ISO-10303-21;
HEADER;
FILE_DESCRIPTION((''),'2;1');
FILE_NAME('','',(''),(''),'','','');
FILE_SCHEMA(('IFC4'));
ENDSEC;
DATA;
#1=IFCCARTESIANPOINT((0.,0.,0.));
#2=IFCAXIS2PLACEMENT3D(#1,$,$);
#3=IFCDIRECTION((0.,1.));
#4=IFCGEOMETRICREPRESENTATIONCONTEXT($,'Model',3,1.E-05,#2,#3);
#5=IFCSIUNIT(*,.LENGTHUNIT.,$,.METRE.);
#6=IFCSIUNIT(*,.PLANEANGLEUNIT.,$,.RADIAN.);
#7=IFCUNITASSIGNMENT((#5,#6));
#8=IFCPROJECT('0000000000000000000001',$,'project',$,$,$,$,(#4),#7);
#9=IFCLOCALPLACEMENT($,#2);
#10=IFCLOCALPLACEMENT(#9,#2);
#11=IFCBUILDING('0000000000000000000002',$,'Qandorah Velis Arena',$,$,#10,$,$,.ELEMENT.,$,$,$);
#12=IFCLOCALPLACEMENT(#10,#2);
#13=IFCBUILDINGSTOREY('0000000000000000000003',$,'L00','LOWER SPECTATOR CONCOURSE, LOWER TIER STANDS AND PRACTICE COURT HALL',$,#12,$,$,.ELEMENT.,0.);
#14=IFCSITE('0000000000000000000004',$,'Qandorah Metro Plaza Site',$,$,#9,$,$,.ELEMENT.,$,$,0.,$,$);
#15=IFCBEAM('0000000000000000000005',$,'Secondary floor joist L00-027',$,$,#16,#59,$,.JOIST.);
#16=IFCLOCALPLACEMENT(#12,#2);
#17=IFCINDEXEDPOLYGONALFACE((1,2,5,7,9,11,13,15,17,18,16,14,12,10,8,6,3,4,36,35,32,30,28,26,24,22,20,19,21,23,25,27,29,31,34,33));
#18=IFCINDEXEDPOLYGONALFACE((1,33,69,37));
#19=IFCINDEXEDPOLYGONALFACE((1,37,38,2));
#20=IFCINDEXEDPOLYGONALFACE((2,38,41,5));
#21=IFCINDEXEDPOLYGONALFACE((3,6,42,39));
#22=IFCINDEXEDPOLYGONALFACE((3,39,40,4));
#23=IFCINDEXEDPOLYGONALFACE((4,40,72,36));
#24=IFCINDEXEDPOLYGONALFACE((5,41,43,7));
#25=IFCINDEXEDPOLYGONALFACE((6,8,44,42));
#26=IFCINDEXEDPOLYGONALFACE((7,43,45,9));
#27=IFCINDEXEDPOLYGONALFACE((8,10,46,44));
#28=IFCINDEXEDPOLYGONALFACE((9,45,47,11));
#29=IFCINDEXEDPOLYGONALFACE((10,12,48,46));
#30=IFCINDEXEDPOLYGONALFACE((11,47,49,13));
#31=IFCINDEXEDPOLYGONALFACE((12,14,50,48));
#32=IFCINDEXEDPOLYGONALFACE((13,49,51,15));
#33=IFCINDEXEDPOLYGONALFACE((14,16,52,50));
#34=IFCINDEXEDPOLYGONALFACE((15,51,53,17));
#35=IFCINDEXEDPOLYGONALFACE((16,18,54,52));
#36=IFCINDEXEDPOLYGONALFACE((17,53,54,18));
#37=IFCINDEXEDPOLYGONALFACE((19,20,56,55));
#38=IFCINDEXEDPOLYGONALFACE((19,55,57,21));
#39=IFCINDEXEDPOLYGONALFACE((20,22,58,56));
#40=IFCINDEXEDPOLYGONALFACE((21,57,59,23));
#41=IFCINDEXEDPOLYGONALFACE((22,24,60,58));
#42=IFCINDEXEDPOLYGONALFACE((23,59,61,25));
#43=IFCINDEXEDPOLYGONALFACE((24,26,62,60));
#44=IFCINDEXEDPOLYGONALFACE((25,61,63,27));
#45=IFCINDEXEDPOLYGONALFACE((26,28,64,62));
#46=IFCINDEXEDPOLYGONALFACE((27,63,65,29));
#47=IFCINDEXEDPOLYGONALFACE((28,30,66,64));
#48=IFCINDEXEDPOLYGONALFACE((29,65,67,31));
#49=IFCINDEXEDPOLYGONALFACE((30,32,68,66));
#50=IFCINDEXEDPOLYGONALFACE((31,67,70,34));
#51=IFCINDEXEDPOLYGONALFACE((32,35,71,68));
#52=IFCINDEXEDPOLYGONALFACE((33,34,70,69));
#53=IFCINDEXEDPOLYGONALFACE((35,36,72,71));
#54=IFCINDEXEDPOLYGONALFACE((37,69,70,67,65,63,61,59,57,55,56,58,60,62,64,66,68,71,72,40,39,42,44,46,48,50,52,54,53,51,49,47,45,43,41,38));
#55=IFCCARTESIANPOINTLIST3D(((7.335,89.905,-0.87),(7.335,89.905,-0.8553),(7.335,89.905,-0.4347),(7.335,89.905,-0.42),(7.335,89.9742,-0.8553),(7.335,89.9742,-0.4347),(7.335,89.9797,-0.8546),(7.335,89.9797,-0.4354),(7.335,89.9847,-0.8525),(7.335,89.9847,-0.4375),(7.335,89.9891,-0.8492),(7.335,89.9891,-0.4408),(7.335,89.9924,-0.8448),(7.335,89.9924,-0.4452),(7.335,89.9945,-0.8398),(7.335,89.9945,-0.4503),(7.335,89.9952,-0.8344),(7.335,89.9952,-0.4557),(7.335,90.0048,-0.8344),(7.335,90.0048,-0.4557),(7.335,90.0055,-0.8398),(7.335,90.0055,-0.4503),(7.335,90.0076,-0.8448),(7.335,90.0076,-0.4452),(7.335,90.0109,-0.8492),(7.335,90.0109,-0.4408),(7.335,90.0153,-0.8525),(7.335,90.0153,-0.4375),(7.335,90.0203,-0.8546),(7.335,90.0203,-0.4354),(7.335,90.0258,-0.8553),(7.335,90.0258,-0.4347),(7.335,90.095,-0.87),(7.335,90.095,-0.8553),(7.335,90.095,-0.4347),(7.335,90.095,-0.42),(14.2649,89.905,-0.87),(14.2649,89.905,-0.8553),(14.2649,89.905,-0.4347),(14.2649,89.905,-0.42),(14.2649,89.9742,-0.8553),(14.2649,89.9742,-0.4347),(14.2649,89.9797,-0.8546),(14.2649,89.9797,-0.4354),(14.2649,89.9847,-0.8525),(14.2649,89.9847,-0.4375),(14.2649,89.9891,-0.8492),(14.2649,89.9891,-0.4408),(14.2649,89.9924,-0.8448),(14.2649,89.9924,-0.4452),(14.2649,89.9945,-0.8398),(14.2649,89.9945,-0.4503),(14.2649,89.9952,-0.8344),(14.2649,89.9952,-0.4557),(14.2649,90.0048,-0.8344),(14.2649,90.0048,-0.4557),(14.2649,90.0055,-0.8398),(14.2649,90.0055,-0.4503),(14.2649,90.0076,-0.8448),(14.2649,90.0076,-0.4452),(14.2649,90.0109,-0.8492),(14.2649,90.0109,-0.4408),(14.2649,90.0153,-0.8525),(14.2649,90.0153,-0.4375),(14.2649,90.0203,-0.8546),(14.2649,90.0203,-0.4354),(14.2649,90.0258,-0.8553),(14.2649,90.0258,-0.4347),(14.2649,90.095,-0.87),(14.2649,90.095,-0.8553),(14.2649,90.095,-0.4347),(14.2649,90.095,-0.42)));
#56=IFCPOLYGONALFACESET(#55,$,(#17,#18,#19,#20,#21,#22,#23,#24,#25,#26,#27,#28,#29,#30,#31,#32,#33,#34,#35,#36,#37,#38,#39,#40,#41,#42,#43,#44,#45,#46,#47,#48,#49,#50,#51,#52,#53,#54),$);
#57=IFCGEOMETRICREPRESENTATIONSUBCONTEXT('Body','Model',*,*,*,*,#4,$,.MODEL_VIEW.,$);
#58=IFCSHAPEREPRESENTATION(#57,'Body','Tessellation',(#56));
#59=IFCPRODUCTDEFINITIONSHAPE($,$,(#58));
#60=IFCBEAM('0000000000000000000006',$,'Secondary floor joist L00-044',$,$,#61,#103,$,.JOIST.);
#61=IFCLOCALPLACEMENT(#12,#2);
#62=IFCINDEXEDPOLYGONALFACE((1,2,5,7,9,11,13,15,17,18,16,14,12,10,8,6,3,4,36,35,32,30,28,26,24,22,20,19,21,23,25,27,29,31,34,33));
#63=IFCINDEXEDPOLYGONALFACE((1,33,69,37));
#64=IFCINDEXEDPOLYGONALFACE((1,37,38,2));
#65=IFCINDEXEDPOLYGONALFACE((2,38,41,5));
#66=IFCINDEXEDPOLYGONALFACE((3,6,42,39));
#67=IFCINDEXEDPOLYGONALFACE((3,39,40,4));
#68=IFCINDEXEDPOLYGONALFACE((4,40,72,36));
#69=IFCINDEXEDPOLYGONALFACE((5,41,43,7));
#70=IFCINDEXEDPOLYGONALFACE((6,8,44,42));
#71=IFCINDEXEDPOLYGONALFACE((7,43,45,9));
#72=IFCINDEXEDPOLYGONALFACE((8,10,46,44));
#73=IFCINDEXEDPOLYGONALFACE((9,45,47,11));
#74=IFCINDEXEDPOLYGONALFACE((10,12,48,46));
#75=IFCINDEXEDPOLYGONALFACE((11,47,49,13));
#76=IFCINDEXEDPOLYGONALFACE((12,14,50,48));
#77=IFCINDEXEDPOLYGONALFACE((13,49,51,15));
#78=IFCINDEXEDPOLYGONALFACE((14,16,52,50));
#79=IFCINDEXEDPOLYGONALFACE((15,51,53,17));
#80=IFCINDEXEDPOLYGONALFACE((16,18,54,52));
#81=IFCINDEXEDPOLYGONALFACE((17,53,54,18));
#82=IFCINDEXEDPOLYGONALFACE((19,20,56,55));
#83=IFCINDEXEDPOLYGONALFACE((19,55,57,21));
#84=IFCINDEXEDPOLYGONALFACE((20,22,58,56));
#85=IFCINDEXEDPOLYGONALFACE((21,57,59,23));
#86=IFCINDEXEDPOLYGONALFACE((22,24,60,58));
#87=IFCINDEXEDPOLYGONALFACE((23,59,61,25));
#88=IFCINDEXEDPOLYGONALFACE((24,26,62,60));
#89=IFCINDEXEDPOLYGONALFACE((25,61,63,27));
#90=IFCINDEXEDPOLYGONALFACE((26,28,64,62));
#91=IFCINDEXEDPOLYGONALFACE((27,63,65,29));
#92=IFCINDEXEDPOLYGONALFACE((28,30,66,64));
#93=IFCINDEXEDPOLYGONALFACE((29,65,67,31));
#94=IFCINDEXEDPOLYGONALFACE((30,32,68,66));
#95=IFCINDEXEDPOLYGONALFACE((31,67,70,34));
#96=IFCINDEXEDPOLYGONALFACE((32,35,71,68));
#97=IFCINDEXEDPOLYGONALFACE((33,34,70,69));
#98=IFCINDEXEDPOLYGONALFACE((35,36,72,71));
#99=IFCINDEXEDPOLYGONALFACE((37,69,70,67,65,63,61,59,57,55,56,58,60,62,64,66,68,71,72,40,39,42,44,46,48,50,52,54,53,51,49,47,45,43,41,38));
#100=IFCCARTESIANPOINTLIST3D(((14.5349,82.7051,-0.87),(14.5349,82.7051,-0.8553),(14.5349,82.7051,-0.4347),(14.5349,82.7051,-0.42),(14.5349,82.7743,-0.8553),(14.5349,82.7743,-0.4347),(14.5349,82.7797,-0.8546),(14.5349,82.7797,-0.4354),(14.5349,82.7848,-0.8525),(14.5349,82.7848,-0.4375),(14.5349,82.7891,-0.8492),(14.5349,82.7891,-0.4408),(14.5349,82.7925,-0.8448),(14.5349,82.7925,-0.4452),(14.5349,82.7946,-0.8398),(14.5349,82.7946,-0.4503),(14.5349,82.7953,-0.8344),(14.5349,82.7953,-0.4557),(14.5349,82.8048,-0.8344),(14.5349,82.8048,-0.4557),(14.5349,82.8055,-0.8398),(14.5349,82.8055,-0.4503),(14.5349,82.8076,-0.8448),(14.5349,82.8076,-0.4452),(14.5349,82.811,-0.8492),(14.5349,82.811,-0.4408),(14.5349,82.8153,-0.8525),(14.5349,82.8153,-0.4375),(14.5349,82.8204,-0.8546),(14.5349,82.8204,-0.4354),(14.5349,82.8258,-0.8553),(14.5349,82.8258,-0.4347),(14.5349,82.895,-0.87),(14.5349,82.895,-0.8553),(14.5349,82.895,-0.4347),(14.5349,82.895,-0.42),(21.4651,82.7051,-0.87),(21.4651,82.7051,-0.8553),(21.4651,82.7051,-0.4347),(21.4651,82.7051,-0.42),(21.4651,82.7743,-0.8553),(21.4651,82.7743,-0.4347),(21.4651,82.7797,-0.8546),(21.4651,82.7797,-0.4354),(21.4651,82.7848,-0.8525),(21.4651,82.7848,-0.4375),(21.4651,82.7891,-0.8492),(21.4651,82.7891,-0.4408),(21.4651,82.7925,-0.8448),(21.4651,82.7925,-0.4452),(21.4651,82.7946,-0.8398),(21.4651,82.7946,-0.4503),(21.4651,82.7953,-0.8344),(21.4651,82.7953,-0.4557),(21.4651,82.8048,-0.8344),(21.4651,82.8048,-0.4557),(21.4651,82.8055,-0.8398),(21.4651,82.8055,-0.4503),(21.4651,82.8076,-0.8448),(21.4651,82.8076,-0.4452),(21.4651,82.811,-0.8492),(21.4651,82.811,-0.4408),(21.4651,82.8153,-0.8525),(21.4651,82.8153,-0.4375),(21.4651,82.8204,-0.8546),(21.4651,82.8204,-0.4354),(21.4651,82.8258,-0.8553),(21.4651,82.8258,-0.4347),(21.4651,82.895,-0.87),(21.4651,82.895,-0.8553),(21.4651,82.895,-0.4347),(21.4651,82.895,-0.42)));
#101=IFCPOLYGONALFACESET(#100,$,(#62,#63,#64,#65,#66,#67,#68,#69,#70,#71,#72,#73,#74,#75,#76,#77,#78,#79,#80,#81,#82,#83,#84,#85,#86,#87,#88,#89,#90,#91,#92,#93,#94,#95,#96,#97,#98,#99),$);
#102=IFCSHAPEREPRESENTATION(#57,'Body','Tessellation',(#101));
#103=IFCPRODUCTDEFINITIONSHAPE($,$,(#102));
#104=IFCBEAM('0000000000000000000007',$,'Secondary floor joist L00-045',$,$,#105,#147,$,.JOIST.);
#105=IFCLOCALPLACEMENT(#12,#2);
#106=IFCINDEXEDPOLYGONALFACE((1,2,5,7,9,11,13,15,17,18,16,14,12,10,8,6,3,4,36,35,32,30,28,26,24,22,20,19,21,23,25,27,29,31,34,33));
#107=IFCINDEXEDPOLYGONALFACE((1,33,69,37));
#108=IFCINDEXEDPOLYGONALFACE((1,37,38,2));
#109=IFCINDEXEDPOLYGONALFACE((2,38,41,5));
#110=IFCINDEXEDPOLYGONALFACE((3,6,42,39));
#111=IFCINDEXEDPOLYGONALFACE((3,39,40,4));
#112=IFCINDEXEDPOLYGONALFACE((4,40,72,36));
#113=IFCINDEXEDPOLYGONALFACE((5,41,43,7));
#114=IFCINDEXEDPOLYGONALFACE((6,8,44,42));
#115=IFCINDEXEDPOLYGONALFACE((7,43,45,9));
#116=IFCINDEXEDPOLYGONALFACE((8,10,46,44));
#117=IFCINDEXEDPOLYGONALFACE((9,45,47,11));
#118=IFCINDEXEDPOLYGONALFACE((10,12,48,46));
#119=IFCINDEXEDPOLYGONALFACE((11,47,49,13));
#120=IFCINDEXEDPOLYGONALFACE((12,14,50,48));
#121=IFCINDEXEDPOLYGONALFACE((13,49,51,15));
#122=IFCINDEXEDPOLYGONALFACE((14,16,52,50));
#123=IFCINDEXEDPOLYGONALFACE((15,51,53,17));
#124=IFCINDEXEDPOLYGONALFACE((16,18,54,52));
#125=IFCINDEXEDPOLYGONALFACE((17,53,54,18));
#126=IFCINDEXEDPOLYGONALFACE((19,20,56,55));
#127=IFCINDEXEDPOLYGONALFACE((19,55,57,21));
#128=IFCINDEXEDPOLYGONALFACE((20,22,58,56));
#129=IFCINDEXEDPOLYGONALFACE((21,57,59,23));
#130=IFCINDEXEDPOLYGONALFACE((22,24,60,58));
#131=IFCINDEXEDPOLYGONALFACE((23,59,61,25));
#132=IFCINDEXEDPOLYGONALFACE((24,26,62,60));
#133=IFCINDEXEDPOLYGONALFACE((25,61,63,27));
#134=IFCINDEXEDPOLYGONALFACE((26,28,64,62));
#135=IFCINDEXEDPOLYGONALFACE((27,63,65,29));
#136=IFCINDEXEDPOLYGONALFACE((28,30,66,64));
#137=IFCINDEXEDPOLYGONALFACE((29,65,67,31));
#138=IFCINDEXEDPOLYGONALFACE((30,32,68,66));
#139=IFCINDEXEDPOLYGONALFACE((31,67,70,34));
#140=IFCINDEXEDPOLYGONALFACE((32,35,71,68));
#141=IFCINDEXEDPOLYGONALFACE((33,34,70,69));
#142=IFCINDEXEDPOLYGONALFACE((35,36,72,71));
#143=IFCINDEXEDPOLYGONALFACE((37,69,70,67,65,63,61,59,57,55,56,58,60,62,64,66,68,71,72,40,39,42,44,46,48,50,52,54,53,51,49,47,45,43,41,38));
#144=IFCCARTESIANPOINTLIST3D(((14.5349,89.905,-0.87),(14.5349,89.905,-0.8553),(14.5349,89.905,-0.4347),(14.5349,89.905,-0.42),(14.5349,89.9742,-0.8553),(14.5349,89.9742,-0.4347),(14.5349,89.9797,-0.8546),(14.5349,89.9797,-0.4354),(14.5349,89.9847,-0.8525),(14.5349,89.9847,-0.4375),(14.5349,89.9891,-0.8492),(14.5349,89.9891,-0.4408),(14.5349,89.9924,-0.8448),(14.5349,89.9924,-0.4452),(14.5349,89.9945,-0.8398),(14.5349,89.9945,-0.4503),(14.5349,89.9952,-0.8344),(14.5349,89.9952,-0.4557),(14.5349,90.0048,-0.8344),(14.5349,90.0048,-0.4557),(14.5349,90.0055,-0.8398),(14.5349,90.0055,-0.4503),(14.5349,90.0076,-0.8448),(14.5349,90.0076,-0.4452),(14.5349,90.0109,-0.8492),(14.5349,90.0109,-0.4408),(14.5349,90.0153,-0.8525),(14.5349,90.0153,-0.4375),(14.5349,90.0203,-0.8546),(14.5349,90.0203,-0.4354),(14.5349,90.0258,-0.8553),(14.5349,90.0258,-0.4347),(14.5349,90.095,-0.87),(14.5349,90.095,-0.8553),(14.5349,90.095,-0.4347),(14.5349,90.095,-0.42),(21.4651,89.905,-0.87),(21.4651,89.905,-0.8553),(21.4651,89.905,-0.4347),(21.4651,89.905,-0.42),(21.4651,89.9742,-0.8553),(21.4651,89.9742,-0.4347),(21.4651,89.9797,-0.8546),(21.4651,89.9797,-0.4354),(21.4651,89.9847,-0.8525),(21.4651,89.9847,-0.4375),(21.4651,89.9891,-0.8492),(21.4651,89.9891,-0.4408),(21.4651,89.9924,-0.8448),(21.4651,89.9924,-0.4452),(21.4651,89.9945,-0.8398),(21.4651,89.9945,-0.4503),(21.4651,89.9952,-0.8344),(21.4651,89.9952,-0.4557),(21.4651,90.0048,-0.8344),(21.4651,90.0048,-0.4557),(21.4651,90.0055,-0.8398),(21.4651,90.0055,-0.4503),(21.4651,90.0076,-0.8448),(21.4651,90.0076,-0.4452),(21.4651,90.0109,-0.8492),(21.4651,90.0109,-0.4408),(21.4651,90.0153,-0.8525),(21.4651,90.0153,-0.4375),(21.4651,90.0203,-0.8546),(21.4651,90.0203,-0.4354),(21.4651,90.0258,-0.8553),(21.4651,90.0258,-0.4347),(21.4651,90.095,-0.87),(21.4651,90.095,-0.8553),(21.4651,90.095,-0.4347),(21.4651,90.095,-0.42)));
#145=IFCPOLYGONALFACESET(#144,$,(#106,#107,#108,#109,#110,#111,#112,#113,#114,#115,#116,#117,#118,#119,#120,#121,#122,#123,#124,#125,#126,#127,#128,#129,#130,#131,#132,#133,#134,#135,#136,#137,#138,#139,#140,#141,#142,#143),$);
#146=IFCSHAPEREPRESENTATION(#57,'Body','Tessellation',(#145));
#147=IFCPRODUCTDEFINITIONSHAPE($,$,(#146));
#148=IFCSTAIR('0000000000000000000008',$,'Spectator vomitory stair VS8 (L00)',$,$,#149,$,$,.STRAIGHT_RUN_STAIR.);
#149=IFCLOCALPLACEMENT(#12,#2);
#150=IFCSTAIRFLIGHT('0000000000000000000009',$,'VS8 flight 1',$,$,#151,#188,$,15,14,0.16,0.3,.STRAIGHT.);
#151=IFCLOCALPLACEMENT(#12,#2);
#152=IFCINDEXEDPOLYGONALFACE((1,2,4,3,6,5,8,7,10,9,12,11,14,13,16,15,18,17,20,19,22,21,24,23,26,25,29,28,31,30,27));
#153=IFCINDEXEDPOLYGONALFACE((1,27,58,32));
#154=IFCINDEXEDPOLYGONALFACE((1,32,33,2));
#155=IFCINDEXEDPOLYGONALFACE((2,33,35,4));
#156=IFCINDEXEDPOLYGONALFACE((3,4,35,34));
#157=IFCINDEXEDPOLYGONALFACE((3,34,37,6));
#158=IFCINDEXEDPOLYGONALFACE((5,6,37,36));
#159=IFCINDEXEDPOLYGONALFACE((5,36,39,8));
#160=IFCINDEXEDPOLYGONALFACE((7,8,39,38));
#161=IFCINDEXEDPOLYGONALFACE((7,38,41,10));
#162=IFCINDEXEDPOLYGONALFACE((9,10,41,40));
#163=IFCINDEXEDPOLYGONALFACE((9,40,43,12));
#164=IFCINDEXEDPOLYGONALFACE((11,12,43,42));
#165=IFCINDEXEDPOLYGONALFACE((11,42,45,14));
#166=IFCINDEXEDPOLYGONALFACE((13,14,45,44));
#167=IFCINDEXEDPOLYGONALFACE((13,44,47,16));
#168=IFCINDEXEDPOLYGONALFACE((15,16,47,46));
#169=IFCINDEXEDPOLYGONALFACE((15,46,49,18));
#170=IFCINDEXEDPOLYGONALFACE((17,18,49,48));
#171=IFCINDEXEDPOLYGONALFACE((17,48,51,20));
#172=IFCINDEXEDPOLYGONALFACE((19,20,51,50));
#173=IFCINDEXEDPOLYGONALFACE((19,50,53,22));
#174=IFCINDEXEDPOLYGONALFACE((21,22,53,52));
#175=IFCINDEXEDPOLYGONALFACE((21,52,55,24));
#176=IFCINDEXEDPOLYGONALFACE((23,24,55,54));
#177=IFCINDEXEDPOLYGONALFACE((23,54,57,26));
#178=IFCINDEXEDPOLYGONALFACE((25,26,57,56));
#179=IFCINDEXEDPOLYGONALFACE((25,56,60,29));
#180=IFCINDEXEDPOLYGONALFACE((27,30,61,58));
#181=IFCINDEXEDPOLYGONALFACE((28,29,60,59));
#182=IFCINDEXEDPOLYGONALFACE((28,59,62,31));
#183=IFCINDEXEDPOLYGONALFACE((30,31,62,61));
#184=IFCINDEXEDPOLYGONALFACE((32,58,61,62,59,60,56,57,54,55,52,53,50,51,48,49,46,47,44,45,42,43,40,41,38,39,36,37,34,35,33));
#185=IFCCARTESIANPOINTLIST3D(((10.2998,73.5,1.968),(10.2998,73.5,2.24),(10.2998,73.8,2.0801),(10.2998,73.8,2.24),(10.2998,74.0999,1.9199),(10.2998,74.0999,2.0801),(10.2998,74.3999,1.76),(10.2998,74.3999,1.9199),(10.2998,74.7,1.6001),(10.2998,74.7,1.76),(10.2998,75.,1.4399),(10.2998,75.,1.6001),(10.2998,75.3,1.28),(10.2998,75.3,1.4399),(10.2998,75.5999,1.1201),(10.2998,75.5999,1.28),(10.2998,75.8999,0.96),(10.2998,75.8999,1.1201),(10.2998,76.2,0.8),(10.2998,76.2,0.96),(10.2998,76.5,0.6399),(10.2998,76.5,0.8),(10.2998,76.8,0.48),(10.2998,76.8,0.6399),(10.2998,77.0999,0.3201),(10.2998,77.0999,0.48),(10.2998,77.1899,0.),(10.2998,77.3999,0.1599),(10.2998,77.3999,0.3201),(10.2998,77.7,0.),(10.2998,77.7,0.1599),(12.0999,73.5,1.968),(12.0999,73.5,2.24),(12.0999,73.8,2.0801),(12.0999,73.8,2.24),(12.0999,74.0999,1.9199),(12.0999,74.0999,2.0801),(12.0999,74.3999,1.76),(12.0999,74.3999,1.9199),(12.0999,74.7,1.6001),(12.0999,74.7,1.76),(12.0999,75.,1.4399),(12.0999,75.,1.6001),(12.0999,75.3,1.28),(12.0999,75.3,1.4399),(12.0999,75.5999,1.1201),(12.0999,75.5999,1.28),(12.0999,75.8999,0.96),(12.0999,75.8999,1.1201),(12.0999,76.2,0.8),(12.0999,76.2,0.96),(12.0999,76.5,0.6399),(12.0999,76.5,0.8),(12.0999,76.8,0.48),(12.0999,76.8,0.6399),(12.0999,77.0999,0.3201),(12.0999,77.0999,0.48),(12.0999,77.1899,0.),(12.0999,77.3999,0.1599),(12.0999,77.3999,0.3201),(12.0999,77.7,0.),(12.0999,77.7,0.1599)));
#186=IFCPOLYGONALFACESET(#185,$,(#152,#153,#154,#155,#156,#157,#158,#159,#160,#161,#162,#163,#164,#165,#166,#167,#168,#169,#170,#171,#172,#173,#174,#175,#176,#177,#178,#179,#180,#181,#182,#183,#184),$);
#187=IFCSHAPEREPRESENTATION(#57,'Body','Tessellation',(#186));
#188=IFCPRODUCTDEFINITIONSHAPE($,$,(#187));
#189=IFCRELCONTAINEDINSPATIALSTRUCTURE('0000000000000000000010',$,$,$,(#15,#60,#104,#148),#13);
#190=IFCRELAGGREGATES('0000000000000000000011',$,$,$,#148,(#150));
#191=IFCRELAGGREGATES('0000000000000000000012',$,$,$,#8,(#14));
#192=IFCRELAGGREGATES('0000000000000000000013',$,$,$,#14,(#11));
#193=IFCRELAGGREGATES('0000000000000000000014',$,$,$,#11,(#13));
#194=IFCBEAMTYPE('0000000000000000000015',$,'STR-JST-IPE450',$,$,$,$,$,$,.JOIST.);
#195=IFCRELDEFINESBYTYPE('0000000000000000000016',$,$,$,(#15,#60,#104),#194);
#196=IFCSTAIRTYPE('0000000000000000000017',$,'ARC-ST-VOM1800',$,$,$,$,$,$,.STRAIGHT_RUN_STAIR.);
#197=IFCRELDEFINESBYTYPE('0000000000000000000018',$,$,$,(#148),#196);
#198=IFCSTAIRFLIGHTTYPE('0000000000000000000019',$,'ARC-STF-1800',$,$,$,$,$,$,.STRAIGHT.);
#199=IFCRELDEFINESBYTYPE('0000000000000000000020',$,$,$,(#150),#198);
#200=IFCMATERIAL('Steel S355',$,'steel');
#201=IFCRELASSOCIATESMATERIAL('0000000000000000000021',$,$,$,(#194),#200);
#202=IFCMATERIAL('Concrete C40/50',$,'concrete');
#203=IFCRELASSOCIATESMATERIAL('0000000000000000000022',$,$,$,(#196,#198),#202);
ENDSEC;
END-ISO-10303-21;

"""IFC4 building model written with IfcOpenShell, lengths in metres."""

from ifc_helpers import new_model, si_unit, direction, frame, origin, origin_2d, place, context, subcontext, project, spatial, polyline, i_section, outline, extrude, material, material_profile, profile_set, type_object, element, aggregate, save


model = new_model("IFC4")

# Units and contexts
model_context = context("Model", 3, precision=1e-05, world=origin(), true_north=direction((0.0, 1.0)))
body_context = subcontext(model_context, "Body", "Model", "MODEL_VIEW")
ifc_project = project(units=[si_unit("LENGTHUNIT", "METRE"), si_unit("PLANEANGLEUNIT", "RADIAN")], contexts=[model_context])

# Site, building, storey
site_placement = place(None, origin())
site = spatial("IfcSite", under=ifc_project, at=site_placement, Name="Qandorah Metro Plaza Site", CompositionType="ELEMENT", RefElevation=0.0)
building_placement = place(site_placement, origin())
building = spatial("IfcBuilding", under=site, at=building_placement, Name="Qandorah Velis Arena", CompositionType="ELEMENT")
storey_placement = place(building_placement, origin())
storey = spatial("IfcBuildingStorey", under=building, at=storey_placement, Name="L00", Description="LOWER SPECTATOR CONCOURSE, LOWER TIER STANDS AND PRACTICE COURT HALL", CompositionType="ELEMENT", Elevation=0.0)

# Shared definitions
ifc_material_1 = material(Name="Concrete C40/50", Category="concrete")

# Beams
ifc_material_2 = material(Name="Steel S355", Category="steel")
ifc_material_profile_1 = material_profile(ifc_material_2, i_section(OverallWidth=0.1899, OverallDepth=0.45, WebThickness=0.0095, FlangeThickness=0.0146, FilletRadius=0.021, at=origin_2d()), Name="IPE 450")
ifc_profile_set_1 = profile_set([ifc_material_profile_1], Name="Steel S355")
beam_type_1 = type_object("IfcBeamType", Name="STR-JST-IPE450", PredefinedType="JOIST", material=ifc_profile_set_1)
for number, where, z_axis, x_axis, name in (
    (1, (7.335, 90.0, -0.645), (1.0, 0.0, 0.0), (0.0, 1.0, 0.0), "Secondary floor joist L00-027"),
):
    element("IfcBeam", number, at=place(storey_placement, frame(where, z_axis=z_axis, x_axis=x_axis)), inside=storey, type_object=beam_type_1, Name=name, PredefinedType="JOIST", context=body_context, shape_type="SweptSolid", body=[
        extrude(i_section(OverallWidth=0.1899, OverallDepth=0.45, WebThickness=0.0095, FlangeThickness=0.0146, FilletRadius=0.021, at=origin_2d()), origin(), (0.0, 0.0, 1.0), 6.9299),
    ])
for number, where, z_axis, x_axis, name in (
    (2, (14.5349, 82.8, -0.645), (1.0, 0.0, 0.0), (0.0, 1.0, 0.0), "Secondary floor joist L00-044"),
    (3, (14.5349, 90.0, -0.645), (1.0, 0.0, 0.0), (0.0, 1.0, 0.0), "Secondary floor joist L00-045"),
):
    element("IfcBeam", number, at=place(storey_placement, frame(where, z_axis=z_axis, x_axis=x_axis)), inside=storey, type_object=beam_type_1, Name=name, PredefinedType="JOIST", context=body_context, shape_type="SweptSolid", body=[
        extrude(i_section(OverallWidth=0.1899, OverallDepth=0.45, WebThickness=0.0095, FlangeThickness=0.0146, FilletRadius=0.021, at=origin_2d()), origin(), (0.0, 0.0, 1.0), 6.9302),
    ])

# Stair, stair flight
stair_type = type_object("IfcStairType", Name="ARC-ST-VOM1800", PredefinedType="STRAIGHT_RUN_STAIR", material=ifc_material_1)
stair_placement = place(storey_placement, origin())
stair = element("IfcStair", 4, at=stair_placement, inside=storey, type_object=stair_type, Name="Spectator vomitory stair VS8 (L00)", PredefinedType="STRAIGHT_RUN_STAIR")
stair_flight_type = type_object("IfcStairFlightType", Name="ARC-STF-1800", PredefinedType="STRAIGHT", material=ifc_material_1)
stair_flight_placement = place(storey_placement, frame((11.2, 77.7, 0.0), z_axis=(0.0, 0.0, 1.0), x_axis=(0.0, -1.0, 0.0)))
stair_flight = element("IfcStairFlight", 5, at=stair_flight_placement, type_object=stair_flight_type, Name="VS8 flight 1", NumberOfRisers=15, NumberOfTreads=14, PredefinedType="STRAIGHT", RiserHeight=0.16, TreadLength=0.3, context=body_context, shape_type="SweptSolid", body=[
    extrude(outline(polyline([(0.0, 0.0), (0.0, 0.1599), (0.3, 0.1599), (0.3, 0.3201), (0.6001, 0.3201), (0.6001, 0.48), (0.8999, 0.48), (0.8999, 0.6399), (1.2, 0.6399), (1.2, 0.8), (1.5, 0.8), (1.5, 0.96), (1.8, 0.96), (1.8, 1.1201), (2.1001, 1.1201), (2.1001, 1.28), (2.3999, 1.28), (2.3999, 1.4399), (2.7, 1.4399), (2.7, 1.6001), (3.0, 1.6001), (3.0, 1.76), (3.3, 1.76), (3.3, 1.9199), (3.6001, 1.9199), (3.6001, 2.0801), (3.8999, 2.0801), (3.8999, 2.24), (4.2, 2.24), (4.2, 2.3999), (4.2, 1.968), (0.51, 0.0), (0.0, 0.0)])), frame((0.0, 0.8999, 0.0), z_axis=(0.0, -1.0, 0.0), x_axis=(1.0, 0.0, 0.0)), (0.0, 0.0, 1.0), 1.8),
])
aggregate(stair, [stair_flight])

save(model, "model.ifc")
